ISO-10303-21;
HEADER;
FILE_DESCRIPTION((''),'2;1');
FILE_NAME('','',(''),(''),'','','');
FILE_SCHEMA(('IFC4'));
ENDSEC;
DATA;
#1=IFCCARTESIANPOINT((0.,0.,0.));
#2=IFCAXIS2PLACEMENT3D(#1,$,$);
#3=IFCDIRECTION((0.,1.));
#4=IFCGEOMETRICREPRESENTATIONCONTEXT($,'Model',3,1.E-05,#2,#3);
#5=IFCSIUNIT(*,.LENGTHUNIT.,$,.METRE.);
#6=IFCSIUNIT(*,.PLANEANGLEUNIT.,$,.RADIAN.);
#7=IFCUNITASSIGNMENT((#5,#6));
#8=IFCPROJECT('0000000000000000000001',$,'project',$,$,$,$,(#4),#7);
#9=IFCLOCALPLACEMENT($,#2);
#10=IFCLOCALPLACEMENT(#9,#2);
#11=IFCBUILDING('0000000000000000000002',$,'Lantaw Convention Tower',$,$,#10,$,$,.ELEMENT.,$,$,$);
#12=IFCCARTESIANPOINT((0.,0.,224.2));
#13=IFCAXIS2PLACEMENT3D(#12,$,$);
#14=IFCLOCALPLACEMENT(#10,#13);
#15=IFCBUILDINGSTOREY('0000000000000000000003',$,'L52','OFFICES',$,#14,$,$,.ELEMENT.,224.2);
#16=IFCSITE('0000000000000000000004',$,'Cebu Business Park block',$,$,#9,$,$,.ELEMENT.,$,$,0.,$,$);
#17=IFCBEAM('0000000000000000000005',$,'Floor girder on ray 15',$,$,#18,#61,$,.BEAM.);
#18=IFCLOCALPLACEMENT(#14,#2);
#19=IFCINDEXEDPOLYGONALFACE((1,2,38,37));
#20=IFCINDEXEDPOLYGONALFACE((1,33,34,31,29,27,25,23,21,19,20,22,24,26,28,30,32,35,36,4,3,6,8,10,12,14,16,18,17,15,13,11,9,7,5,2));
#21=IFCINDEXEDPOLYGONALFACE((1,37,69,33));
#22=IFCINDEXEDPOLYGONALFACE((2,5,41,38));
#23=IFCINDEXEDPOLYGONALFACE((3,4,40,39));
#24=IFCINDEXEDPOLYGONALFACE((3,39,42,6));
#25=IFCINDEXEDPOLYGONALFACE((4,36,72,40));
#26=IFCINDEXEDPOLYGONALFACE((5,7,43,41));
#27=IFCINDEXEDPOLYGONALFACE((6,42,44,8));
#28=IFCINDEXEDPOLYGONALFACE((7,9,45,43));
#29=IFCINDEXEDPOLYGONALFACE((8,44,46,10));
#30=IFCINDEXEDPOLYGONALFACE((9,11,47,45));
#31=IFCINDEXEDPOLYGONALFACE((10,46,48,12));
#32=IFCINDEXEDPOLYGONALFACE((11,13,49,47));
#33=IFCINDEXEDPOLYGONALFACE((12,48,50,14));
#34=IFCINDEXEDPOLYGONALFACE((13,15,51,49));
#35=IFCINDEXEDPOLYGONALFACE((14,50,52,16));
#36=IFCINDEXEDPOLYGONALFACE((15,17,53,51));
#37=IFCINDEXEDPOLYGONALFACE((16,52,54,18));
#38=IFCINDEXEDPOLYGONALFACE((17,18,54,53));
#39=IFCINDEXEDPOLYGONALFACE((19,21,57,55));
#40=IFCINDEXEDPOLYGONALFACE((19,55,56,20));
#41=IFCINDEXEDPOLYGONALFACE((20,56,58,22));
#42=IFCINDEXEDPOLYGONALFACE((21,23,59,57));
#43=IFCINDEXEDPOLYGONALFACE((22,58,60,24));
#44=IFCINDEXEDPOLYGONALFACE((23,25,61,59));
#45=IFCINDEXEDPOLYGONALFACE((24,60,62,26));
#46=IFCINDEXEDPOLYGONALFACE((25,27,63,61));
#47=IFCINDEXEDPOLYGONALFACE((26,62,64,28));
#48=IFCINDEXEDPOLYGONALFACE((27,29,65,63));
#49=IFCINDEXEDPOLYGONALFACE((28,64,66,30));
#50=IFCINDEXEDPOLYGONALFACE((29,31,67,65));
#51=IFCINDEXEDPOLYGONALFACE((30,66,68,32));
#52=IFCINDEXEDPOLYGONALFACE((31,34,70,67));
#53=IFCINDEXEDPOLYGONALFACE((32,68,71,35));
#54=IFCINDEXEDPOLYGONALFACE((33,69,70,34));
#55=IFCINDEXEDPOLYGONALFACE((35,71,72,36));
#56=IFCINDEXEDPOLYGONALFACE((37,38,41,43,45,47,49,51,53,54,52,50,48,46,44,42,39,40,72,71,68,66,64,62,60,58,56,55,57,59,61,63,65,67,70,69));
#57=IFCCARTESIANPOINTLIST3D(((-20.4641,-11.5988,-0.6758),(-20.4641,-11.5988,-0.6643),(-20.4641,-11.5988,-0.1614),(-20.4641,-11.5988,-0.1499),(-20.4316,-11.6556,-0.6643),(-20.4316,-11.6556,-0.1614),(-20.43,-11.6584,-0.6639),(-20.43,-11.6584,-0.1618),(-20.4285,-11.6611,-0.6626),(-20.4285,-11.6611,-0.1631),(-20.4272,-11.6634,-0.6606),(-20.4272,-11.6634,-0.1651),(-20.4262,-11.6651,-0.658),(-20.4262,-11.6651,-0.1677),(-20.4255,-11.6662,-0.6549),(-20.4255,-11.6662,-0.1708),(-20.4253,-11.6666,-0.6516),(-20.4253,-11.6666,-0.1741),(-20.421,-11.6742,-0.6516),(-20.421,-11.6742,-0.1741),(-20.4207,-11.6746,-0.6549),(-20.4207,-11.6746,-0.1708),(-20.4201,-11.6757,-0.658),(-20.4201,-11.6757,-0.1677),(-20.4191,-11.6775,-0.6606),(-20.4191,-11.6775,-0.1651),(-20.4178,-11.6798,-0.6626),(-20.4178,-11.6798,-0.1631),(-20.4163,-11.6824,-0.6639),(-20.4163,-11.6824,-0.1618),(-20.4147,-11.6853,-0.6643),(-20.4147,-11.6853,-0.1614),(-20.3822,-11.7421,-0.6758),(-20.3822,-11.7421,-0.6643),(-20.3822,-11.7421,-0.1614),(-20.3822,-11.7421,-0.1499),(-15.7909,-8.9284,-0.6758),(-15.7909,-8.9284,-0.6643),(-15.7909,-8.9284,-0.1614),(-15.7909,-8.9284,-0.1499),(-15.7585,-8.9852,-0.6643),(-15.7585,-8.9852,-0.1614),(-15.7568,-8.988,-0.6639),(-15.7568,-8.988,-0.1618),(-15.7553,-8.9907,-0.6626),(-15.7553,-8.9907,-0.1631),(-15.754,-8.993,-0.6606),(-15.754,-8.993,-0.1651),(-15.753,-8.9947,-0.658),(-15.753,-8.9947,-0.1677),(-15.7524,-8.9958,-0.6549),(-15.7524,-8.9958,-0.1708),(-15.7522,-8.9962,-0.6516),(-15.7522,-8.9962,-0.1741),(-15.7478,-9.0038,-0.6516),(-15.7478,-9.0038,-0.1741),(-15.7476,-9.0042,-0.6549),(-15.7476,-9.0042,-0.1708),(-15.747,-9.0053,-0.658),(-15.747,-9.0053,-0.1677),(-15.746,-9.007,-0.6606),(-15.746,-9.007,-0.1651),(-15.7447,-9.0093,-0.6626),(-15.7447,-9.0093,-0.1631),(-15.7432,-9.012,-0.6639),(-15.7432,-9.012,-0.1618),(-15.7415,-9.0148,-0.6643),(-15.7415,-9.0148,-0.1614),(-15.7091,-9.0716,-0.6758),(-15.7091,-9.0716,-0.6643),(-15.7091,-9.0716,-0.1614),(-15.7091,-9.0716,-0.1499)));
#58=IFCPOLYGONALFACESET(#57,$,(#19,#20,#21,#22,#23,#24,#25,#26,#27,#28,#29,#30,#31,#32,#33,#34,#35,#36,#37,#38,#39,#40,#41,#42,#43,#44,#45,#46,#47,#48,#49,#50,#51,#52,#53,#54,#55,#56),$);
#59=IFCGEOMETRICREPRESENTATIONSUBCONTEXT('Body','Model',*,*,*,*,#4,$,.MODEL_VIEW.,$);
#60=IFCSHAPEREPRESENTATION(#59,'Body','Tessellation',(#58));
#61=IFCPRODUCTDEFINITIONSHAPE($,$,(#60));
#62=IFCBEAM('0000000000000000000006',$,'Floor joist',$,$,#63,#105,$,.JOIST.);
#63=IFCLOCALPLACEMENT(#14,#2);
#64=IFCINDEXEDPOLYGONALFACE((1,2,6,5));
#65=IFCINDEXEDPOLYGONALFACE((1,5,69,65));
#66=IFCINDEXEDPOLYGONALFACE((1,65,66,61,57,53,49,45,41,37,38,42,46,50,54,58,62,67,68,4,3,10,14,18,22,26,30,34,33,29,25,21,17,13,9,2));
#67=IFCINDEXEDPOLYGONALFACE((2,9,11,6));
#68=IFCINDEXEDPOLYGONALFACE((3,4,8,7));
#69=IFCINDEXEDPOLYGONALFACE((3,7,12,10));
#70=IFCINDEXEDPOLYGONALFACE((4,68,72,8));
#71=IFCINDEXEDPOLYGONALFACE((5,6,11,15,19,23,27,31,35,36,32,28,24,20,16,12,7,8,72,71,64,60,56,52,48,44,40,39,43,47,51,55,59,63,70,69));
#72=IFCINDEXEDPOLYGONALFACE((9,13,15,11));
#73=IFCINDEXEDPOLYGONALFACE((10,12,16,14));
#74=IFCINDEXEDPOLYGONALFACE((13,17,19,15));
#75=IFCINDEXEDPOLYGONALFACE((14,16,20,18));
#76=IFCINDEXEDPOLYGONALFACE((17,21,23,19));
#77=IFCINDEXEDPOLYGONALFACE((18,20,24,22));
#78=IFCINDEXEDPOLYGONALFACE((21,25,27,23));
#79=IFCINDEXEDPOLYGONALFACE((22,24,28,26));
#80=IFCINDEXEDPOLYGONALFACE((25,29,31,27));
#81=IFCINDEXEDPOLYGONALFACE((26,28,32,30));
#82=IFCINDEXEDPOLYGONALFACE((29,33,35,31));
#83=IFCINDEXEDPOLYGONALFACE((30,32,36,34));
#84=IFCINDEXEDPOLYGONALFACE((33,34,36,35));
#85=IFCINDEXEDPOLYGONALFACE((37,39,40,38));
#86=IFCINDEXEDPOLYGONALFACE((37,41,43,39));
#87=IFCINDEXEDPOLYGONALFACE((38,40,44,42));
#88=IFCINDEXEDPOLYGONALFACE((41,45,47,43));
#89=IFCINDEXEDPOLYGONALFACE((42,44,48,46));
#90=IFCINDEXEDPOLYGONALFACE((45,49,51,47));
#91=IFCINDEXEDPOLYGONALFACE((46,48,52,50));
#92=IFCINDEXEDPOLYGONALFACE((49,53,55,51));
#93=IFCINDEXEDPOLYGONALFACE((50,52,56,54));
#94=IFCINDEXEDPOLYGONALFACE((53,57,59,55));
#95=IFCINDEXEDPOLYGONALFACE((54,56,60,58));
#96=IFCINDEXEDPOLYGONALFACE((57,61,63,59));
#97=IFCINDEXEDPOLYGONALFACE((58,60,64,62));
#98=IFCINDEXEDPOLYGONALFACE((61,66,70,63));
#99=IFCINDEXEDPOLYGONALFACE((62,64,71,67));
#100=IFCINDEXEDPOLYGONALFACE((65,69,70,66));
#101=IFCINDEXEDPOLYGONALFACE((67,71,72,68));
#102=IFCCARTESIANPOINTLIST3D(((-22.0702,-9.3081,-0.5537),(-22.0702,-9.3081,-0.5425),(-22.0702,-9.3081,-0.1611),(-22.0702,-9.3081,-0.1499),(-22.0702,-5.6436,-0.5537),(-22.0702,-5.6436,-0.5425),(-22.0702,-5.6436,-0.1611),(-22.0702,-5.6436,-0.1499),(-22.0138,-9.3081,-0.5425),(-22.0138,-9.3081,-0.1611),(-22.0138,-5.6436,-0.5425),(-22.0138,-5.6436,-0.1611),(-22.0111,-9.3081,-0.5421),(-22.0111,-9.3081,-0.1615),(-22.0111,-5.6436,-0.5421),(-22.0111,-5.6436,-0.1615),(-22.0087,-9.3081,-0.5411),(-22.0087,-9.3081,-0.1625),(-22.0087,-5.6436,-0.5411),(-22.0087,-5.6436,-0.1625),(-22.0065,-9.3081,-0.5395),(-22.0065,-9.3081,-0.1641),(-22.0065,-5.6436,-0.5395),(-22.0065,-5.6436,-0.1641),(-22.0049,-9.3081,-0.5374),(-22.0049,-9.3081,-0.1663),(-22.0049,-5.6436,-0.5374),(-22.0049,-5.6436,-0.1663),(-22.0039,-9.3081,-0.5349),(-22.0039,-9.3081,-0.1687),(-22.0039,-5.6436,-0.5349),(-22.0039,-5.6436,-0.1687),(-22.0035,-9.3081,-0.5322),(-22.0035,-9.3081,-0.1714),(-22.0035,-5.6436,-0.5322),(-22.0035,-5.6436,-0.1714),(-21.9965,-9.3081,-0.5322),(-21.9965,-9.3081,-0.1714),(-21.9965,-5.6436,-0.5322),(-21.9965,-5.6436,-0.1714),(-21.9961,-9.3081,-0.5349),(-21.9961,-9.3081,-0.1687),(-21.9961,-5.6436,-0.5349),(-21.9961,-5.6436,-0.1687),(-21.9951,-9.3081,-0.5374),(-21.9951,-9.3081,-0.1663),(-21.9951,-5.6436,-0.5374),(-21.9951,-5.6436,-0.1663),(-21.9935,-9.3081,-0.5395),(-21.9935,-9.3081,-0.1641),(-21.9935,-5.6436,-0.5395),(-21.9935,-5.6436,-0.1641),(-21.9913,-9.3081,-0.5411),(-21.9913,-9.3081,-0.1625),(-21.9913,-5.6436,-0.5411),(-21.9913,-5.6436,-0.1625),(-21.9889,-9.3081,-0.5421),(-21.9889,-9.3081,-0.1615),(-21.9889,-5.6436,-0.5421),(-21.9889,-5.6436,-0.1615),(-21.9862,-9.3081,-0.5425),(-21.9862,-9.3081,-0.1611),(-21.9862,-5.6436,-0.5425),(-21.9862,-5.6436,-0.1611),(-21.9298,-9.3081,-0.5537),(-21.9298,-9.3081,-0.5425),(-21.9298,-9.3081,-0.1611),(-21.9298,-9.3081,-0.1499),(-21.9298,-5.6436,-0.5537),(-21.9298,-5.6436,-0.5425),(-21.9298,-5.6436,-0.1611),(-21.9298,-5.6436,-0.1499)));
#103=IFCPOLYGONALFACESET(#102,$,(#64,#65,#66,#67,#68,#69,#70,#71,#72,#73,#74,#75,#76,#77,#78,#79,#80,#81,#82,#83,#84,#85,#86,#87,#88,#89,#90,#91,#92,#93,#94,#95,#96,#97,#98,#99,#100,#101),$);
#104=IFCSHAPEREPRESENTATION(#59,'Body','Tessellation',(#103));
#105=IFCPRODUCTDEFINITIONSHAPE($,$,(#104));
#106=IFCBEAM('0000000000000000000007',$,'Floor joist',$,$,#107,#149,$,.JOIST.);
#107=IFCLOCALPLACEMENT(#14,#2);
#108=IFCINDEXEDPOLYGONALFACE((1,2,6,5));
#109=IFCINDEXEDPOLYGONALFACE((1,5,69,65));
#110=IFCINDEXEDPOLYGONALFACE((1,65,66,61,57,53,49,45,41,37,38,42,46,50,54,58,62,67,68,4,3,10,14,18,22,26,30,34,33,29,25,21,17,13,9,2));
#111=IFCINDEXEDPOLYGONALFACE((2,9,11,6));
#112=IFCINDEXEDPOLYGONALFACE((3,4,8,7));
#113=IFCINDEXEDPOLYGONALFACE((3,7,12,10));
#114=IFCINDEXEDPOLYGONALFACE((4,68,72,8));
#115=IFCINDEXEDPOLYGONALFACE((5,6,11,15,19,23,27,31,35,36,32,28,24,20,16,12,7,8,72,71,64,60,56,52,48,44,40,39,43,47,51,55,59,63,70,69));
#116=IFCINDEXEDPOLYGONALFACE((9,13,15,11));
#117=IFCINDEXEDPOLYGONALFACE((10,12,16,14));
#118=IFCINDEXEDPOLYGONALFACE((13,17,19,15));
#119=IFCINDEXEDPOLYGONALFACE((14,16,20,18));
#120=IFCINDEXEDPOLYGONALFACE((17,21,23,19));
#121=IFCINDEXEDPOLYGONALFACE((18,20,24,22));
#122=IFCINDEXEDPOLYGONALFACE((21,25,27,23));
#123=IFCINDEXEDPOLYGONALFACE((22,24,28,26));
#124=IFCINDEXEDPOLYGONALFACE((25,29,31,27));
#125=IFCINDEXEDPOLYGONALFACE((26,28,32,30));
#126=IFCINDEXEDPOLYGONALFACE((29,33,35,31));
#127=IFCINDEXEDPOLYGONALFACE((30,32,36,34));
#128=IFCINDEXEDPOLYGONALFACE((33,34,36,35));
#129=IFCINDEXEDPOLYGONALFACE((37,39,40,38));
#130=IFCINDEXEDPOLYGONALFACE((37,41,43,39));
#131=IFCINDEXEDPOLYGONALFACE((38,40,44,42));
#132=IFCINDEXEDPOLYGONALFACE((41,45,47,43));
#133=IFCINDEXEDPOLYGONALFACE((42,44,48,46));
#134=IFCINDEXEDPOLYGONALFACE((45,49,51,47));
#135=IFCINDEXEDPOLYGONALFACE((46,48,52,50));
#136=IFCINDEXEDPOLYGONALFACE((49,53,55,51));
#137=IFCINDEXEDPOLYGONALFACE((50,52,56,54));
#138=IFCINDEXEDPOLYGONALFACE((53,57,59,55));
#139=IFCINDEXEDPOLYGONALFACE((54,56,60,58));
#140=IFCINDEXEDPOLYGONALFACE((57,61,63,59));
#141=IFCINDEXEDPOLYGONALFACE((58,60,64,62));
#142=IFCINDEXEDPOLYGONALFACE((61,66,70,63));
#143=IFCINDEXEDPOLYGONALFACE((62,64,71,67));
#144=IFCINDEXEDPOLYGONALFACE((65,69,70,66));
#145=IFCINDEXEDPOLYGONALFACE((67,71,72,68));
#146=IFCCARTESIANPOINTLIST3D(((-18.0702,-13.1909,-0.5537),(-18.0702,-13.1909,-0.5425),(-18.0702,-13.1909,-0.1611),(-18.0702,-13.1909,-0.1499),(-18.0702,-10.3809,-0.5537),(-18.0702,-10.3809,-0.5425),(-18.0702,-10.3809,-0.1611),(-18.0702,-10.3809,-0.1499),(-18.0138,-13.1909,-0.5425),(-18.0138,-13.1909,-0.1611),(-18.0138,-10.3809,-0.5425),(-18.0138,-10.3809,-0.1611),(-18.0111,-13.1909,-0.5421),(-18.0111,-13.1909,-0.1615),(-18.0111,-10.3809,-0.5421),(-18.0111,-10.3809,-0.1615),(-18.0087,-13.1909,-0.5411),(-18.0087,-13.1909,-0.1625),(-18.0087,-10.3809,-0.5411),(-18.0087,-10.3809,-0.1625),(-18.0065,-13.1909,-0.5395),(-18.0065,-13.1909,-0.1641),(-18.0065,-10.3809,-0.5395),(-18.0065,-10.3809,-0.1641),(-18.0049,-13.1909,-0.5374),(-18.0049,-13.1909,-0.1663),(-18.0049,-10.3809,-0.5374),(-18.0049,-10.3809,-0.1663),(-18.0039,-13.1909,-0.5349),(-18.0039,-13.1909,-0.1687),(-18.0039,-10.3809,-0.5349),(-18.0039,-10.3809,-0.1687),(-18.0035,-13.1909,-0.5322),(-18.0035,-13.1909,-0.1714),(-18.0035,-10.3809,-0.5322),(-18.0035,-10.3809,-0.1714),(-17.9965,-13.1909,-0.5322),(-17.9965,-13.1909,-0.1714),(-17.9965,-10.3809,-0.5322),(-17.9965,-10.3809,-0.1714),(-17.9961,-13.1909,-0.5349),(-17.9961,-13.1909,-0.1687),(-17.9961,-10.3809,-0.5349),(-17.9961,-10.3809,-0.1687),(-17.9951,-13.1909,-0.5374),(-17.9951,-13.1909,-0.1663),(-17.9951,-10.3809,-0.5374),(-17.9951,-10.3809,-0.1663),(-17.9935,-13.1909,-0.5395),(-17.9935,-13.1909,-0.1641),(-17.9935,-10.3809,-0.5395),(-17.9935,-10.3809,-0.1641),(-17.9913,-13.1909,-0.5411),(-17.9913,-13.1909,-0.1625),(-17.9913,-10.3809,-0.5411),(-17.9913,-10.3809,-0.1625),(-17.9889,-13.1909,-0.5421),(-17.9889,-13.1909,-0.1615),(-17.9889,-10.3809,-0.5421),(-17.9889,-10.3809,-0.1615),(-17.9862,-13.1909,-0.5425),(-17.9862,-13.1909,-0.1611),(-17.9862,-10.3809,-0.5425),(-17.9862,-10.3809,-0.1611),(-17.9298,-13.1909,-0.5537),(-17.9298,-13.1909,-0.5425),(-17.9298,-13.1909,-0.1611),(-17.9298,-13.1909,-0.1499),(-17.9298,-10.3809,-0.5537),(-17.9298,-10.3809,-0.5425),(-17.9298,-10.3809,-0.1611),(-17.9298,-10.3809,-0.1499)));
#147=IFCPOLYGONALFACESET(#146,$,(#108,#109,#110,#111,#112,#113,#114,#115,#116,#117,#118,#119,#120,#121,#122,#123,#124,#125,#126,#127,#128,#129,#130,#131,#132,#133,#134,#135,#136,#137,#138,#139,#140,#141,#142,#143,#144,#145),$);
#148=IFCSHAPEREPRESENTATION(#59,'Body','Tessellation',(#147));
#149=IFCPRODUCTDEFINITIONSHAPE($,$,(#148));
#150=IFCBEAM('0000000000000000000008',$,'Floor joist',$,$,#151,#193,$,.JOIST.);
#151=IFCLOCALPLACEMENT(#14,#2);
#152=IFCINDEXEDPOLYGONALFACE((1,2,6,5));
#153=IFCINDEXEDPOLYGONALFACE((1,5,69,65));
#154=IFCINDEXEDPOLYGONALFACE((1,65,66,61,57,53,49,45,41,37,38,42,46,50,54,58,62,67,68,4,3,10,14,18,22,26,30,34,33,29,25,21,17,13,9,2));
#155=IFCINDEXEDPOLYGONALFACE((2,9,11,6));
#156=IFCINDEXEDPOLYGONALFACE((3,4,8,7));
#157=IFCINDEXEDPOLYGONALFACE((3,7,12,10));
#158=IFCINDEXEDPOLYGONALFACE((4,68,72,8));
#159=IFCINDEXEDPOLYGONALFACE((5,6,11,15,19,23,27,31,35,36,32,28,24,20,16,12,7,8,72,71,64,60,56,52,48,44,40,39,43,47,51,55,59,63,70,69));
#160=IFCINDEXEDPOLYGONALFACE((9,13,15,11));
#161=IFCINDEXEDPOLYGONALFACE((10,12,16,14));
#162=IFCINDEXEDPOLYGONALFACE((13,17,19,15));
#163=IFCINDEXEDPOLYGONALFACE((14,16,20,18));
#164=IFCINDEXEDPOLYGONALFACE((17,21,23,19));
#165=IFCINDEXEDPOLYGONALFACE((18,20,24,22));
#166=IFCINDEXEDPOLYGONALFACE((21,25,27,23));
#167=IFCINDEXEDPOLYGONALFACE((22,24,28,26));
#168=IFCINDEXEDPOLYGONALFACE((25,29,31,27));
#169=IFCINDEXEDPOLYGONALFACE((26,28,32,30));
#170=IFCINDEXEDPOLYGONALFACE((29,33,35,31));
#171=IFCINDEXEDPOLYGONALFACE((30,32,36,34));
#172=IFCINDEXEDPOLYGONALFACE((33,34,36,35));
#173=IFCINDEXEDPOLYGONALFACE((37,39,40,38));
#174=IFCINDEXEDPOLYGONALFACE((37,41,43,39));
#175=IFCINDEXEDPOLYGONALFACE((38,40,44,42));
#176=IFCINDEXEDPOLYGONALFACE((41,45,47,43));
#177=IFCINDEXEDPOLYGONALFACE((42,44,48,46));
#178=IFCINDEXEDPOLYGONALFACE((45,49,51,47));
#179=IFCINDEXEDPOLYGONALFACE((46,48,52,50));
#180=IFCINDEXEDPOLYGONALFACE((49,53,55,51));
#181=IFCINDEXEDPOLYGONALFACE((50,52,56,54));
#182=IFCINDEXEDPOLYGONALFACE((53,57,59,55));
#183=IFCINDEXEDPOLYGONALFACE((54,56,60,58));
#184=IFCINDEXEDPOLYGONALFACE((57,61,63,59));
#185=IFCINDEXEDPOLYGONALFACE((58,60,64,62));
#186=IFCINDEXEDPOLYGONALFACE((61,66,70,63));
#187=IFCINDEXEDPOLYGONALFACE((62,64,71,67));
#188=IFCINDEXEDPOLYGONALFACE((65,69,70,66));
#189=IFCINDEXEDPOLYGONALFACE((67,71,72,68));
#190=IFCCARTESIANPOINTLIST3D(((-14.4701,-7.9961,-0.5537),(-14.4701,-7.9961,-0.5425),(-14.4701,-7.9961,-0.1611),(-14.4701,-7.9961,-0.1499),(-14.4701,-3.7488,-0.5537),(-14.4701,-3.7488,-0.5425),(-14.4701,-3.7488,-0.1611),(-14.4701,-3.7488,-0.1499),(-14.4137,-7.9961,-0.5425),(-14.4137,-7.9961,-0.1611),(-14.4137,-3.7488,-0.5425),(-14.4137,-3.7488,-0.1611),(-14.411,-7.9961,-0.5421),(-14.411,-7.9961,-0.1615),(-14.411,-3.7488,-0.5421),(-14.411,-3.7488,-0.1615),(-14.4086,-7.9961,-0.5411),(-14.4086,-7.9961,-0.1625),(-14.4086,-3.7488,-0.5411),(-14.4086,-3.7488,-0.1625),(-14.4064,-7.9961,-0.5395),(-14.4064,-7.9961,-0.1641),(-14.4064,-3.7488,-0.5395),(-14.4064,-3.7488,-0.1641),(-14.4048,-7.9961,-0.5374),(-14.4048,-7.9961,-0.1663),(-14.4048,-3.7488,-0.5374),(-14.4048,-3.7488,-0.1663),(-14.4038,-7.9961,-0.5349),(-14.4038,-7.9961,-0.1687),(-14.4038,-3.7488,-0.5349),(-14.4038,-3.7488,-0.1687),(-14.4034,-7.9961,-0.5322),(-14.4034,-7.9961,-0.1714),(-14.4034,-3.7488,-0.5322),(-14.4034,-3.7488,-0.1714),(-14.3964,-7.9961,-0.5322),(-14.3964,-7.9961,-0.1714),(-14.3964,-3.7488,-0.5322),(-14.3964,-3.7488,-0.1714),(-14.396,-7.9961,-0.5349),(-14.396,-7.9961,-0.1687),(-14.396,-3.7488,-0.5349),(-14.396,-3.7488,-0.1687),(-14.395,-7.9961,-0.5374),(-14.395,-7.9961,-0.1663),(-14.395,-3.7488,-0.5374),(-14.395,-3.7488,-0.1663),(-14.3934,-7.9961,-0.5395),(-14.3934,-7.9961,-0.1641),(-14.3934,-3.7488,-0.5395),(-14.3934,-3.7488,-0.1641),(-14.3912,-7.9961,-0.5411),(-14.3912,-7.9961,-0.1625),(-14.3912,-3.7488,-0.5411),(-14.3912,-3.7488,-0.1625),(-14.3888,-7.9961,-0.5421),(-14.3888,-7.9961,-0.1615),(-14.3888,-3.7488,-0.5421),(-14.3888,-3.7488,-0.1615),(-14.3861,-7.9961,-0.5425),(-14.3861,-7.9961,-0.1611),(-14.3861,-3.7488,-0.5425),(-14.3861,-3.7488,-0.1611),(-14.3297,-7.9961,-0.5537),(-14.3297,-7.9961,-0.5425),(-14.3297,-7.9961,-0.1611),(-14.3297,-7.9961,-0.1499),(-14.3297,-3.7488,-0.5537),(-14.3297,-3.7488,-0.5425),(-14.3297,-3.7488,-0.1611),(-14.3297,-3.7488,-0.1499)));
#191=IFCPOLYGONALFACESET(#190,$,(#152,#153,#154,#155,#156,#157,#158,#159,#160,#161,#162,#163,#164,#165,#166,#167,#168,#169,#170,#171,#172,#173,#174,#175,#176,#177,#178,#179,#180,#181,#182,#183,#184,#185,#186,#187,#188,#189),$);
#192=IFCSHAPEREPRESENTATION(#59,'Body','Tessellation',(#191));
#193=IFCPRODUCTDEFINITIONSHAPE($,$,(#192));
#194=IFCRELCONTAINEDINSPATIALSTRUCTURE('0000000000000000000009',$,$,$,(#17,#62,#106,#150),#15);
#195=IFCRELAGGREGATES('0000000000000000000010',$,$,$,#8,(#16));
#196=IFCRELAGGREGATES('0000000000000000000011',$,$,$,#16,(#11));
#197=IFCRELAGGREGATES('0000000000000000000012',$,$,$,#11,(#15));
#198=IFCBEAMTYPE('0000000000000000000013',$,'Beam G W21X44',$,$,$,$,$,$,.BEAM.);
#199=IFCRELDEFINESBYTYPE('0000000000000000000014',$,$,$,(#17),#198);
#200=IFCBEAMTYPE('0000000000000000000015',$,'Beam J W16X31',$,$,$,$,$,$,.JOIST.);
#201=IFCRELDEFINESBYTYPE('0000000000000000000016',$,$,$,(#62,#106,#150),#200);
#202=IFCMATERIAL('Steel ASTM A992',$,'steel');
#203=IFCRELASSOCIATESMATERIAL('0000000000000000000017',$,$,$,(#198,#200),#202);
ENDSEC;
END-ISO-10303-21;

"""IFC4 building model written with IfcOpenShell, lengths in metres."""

from ifc_helpers import new_model, si_unit, direction, frame, origin, origin_2d, place, context, subcontext, project, spatial, i_section, extrude, material, material_profile, profile_set, type_object, element, save


model = new_model("IFC4")

# Units and contexts
model_context = context("Model", 3, precision=1e-05, world=origin(), true_north=direction((0.0, 1.0)))
body_context = subcontext(model_context, "Body", "Model", "MODEL_VIEW")
ifc_project = project(units=[si_unit("LENGTHUNIT", "METRE"), si_unit("PLANEANGLEUNIT", "RADIAN")], contexts=[model_context])

# Site, building, storey
site_placement = place(None, origin())
site = spatial("IfcSite", under=ifc_project, at=site_placement, Name="Cebu Business Park block", CompositionType="ELEMENT", RefElevation=0.0)
building_placement = place(site_placement, origin())
building = spatial("IfcBuilding", under=site, at=building_placement, Name="Lantaw Convention Tower", CompositionType="ELEMENT")
storey_placement = place(building_placement, frame((0.0, 0.0, 224.2)))
storey = spatial("IfcBuildingStorey", under=building, at=storey_placement, Name="L52", Description="OFFICES", CompositionType="ELEMENT", Elevation=224.2)

# Beams
ifc_material_1 = material(Name="Steel ASTM A992", Category="steel")
ifc_material_profile_1 = material_profile(ifc_material_1, i_section(OverallWidth=0.165, OverallDepth=0.5259, WebThickness=0.0088, FlangeThickness=0.0115, FilletRadius=0.0127, at=origin_2d()), Name="W21X44")
ifc_profile_set_1 = profile_set([ifc_material_profile_1], Name="Steel ASTM A992")
beam_type_1 = type_object("IfcBeamType", Name="Beam G W21X44", PredefinedType="BEAM", material=ifc_profile_set_1)
beam_1_placement = place(storey_placement, frame((-15.75, -9.0, -0.4128), z_axis=(-0.868238, -0.496149, 0.0), x_axis=(0.496149, -0.868238, 0.0)))
element("IfcBeam", 1, at=beam_1_placement, inside=storey, type_object=beam_type_1, Name="Floor girder on ray 15", PredefinedType="BEAM", context=body_context, shape_type="SweptSolid", body=[
    extrude(i_section(OverallWidth=0.165, OverallDepth=0.5259, WebThickness=0.0088, FlangeThickness=0.0115, FilletRadius=0.0127, at=origin_2d()), origin(), (0.0, 0.0, 1.0), 5.3823),
])
ifc_material_profile_2 = material_profile(ifc_material_1, i_section(OverallWidth=0.1404, OverallDepth=0.4038, WebThickness=0.0071, FlangeThickness=0.0112, FilletRadius=0.0103, at=origin_2d()), Name="W16X31")
ifc_profile_set_2 = profile_set([ifc_material_profile_2], Name="Steel ASTM A992")
beam_type_2 = type_object("IfcBeamType", Name="Beam J W16X31", PredefinedType="JOIST", material=ifc_profile_set_2)
beam_2_placement = place(storey_placement, frame((-22.0, -9.3081, -0.3518), z_axis=(0.0, 1.0, 0.0), x_axis=(-1.0, 0.0, 0.0)))
element("IfcBeam", 2, at=beam_2_placement, inside=storey, type_object=beam_type_2, Name="Floor joist", PredefinedType="JOIST", context=body_context, shape_type="SweptSolid", body=[
    extrude(i_section(OverallWidth=0.1404, OverallDepth=0.4038, WebThickness=0.0071, FlangeThickness=0.0112, FilletRadius=0.0103, at=origin_2d()), origin(), (0.0, 0.0, 1.0), 3.6646),
])
beam_3_placement = place(storey_placement, frame((-18.0, -13.1909, -0.3518), z_axis=(0.0, 1.0, 0.0), x_axis=(-1.0, 0.0, 0.0)))
element("IfcBeam", 3, at=beam_3_placement, inside=storey, type_object=beam_type_2, Name="Floor joist", PredefinedType="JOIST", context=body_context, shape_type="SweptSolid", body=[
    extrude(i_section(OverallWidth=0.1404, OverallDepth=0.4038, WebThickness=0.0071, FlangeThickness=0.0112, FilletRadius=0.0103, at=origin_2d()), origin(), (0.0, 0.0, 1.0), 2.8101),
])
beam_4_placement = place(storey_placement, frame((-14.3999, -7.9961, -0.3518), z_axis=(0.0, 1.0, 0.0), x_axis=(-1.0, 0.0, 0.0)))
element("IfcBeam", 4, at=beam_4_placement, inside=storey, type_object=beam_type_2, Name="Floor joist", PredefinedType="JOIST", context=body_context, shape_type="SweptSolid", body=[
    extrude(i_section(OverallWidth=0.1404, OverallDepth=0.4038, WebThickness=0.0071, FlangeThickness=0.0112, FilletRadius=0.0103, at=origin_2d()), origin(), (0.0, 0.0, 1.0), 4.2473),
])

save(model, "model.ifc")
